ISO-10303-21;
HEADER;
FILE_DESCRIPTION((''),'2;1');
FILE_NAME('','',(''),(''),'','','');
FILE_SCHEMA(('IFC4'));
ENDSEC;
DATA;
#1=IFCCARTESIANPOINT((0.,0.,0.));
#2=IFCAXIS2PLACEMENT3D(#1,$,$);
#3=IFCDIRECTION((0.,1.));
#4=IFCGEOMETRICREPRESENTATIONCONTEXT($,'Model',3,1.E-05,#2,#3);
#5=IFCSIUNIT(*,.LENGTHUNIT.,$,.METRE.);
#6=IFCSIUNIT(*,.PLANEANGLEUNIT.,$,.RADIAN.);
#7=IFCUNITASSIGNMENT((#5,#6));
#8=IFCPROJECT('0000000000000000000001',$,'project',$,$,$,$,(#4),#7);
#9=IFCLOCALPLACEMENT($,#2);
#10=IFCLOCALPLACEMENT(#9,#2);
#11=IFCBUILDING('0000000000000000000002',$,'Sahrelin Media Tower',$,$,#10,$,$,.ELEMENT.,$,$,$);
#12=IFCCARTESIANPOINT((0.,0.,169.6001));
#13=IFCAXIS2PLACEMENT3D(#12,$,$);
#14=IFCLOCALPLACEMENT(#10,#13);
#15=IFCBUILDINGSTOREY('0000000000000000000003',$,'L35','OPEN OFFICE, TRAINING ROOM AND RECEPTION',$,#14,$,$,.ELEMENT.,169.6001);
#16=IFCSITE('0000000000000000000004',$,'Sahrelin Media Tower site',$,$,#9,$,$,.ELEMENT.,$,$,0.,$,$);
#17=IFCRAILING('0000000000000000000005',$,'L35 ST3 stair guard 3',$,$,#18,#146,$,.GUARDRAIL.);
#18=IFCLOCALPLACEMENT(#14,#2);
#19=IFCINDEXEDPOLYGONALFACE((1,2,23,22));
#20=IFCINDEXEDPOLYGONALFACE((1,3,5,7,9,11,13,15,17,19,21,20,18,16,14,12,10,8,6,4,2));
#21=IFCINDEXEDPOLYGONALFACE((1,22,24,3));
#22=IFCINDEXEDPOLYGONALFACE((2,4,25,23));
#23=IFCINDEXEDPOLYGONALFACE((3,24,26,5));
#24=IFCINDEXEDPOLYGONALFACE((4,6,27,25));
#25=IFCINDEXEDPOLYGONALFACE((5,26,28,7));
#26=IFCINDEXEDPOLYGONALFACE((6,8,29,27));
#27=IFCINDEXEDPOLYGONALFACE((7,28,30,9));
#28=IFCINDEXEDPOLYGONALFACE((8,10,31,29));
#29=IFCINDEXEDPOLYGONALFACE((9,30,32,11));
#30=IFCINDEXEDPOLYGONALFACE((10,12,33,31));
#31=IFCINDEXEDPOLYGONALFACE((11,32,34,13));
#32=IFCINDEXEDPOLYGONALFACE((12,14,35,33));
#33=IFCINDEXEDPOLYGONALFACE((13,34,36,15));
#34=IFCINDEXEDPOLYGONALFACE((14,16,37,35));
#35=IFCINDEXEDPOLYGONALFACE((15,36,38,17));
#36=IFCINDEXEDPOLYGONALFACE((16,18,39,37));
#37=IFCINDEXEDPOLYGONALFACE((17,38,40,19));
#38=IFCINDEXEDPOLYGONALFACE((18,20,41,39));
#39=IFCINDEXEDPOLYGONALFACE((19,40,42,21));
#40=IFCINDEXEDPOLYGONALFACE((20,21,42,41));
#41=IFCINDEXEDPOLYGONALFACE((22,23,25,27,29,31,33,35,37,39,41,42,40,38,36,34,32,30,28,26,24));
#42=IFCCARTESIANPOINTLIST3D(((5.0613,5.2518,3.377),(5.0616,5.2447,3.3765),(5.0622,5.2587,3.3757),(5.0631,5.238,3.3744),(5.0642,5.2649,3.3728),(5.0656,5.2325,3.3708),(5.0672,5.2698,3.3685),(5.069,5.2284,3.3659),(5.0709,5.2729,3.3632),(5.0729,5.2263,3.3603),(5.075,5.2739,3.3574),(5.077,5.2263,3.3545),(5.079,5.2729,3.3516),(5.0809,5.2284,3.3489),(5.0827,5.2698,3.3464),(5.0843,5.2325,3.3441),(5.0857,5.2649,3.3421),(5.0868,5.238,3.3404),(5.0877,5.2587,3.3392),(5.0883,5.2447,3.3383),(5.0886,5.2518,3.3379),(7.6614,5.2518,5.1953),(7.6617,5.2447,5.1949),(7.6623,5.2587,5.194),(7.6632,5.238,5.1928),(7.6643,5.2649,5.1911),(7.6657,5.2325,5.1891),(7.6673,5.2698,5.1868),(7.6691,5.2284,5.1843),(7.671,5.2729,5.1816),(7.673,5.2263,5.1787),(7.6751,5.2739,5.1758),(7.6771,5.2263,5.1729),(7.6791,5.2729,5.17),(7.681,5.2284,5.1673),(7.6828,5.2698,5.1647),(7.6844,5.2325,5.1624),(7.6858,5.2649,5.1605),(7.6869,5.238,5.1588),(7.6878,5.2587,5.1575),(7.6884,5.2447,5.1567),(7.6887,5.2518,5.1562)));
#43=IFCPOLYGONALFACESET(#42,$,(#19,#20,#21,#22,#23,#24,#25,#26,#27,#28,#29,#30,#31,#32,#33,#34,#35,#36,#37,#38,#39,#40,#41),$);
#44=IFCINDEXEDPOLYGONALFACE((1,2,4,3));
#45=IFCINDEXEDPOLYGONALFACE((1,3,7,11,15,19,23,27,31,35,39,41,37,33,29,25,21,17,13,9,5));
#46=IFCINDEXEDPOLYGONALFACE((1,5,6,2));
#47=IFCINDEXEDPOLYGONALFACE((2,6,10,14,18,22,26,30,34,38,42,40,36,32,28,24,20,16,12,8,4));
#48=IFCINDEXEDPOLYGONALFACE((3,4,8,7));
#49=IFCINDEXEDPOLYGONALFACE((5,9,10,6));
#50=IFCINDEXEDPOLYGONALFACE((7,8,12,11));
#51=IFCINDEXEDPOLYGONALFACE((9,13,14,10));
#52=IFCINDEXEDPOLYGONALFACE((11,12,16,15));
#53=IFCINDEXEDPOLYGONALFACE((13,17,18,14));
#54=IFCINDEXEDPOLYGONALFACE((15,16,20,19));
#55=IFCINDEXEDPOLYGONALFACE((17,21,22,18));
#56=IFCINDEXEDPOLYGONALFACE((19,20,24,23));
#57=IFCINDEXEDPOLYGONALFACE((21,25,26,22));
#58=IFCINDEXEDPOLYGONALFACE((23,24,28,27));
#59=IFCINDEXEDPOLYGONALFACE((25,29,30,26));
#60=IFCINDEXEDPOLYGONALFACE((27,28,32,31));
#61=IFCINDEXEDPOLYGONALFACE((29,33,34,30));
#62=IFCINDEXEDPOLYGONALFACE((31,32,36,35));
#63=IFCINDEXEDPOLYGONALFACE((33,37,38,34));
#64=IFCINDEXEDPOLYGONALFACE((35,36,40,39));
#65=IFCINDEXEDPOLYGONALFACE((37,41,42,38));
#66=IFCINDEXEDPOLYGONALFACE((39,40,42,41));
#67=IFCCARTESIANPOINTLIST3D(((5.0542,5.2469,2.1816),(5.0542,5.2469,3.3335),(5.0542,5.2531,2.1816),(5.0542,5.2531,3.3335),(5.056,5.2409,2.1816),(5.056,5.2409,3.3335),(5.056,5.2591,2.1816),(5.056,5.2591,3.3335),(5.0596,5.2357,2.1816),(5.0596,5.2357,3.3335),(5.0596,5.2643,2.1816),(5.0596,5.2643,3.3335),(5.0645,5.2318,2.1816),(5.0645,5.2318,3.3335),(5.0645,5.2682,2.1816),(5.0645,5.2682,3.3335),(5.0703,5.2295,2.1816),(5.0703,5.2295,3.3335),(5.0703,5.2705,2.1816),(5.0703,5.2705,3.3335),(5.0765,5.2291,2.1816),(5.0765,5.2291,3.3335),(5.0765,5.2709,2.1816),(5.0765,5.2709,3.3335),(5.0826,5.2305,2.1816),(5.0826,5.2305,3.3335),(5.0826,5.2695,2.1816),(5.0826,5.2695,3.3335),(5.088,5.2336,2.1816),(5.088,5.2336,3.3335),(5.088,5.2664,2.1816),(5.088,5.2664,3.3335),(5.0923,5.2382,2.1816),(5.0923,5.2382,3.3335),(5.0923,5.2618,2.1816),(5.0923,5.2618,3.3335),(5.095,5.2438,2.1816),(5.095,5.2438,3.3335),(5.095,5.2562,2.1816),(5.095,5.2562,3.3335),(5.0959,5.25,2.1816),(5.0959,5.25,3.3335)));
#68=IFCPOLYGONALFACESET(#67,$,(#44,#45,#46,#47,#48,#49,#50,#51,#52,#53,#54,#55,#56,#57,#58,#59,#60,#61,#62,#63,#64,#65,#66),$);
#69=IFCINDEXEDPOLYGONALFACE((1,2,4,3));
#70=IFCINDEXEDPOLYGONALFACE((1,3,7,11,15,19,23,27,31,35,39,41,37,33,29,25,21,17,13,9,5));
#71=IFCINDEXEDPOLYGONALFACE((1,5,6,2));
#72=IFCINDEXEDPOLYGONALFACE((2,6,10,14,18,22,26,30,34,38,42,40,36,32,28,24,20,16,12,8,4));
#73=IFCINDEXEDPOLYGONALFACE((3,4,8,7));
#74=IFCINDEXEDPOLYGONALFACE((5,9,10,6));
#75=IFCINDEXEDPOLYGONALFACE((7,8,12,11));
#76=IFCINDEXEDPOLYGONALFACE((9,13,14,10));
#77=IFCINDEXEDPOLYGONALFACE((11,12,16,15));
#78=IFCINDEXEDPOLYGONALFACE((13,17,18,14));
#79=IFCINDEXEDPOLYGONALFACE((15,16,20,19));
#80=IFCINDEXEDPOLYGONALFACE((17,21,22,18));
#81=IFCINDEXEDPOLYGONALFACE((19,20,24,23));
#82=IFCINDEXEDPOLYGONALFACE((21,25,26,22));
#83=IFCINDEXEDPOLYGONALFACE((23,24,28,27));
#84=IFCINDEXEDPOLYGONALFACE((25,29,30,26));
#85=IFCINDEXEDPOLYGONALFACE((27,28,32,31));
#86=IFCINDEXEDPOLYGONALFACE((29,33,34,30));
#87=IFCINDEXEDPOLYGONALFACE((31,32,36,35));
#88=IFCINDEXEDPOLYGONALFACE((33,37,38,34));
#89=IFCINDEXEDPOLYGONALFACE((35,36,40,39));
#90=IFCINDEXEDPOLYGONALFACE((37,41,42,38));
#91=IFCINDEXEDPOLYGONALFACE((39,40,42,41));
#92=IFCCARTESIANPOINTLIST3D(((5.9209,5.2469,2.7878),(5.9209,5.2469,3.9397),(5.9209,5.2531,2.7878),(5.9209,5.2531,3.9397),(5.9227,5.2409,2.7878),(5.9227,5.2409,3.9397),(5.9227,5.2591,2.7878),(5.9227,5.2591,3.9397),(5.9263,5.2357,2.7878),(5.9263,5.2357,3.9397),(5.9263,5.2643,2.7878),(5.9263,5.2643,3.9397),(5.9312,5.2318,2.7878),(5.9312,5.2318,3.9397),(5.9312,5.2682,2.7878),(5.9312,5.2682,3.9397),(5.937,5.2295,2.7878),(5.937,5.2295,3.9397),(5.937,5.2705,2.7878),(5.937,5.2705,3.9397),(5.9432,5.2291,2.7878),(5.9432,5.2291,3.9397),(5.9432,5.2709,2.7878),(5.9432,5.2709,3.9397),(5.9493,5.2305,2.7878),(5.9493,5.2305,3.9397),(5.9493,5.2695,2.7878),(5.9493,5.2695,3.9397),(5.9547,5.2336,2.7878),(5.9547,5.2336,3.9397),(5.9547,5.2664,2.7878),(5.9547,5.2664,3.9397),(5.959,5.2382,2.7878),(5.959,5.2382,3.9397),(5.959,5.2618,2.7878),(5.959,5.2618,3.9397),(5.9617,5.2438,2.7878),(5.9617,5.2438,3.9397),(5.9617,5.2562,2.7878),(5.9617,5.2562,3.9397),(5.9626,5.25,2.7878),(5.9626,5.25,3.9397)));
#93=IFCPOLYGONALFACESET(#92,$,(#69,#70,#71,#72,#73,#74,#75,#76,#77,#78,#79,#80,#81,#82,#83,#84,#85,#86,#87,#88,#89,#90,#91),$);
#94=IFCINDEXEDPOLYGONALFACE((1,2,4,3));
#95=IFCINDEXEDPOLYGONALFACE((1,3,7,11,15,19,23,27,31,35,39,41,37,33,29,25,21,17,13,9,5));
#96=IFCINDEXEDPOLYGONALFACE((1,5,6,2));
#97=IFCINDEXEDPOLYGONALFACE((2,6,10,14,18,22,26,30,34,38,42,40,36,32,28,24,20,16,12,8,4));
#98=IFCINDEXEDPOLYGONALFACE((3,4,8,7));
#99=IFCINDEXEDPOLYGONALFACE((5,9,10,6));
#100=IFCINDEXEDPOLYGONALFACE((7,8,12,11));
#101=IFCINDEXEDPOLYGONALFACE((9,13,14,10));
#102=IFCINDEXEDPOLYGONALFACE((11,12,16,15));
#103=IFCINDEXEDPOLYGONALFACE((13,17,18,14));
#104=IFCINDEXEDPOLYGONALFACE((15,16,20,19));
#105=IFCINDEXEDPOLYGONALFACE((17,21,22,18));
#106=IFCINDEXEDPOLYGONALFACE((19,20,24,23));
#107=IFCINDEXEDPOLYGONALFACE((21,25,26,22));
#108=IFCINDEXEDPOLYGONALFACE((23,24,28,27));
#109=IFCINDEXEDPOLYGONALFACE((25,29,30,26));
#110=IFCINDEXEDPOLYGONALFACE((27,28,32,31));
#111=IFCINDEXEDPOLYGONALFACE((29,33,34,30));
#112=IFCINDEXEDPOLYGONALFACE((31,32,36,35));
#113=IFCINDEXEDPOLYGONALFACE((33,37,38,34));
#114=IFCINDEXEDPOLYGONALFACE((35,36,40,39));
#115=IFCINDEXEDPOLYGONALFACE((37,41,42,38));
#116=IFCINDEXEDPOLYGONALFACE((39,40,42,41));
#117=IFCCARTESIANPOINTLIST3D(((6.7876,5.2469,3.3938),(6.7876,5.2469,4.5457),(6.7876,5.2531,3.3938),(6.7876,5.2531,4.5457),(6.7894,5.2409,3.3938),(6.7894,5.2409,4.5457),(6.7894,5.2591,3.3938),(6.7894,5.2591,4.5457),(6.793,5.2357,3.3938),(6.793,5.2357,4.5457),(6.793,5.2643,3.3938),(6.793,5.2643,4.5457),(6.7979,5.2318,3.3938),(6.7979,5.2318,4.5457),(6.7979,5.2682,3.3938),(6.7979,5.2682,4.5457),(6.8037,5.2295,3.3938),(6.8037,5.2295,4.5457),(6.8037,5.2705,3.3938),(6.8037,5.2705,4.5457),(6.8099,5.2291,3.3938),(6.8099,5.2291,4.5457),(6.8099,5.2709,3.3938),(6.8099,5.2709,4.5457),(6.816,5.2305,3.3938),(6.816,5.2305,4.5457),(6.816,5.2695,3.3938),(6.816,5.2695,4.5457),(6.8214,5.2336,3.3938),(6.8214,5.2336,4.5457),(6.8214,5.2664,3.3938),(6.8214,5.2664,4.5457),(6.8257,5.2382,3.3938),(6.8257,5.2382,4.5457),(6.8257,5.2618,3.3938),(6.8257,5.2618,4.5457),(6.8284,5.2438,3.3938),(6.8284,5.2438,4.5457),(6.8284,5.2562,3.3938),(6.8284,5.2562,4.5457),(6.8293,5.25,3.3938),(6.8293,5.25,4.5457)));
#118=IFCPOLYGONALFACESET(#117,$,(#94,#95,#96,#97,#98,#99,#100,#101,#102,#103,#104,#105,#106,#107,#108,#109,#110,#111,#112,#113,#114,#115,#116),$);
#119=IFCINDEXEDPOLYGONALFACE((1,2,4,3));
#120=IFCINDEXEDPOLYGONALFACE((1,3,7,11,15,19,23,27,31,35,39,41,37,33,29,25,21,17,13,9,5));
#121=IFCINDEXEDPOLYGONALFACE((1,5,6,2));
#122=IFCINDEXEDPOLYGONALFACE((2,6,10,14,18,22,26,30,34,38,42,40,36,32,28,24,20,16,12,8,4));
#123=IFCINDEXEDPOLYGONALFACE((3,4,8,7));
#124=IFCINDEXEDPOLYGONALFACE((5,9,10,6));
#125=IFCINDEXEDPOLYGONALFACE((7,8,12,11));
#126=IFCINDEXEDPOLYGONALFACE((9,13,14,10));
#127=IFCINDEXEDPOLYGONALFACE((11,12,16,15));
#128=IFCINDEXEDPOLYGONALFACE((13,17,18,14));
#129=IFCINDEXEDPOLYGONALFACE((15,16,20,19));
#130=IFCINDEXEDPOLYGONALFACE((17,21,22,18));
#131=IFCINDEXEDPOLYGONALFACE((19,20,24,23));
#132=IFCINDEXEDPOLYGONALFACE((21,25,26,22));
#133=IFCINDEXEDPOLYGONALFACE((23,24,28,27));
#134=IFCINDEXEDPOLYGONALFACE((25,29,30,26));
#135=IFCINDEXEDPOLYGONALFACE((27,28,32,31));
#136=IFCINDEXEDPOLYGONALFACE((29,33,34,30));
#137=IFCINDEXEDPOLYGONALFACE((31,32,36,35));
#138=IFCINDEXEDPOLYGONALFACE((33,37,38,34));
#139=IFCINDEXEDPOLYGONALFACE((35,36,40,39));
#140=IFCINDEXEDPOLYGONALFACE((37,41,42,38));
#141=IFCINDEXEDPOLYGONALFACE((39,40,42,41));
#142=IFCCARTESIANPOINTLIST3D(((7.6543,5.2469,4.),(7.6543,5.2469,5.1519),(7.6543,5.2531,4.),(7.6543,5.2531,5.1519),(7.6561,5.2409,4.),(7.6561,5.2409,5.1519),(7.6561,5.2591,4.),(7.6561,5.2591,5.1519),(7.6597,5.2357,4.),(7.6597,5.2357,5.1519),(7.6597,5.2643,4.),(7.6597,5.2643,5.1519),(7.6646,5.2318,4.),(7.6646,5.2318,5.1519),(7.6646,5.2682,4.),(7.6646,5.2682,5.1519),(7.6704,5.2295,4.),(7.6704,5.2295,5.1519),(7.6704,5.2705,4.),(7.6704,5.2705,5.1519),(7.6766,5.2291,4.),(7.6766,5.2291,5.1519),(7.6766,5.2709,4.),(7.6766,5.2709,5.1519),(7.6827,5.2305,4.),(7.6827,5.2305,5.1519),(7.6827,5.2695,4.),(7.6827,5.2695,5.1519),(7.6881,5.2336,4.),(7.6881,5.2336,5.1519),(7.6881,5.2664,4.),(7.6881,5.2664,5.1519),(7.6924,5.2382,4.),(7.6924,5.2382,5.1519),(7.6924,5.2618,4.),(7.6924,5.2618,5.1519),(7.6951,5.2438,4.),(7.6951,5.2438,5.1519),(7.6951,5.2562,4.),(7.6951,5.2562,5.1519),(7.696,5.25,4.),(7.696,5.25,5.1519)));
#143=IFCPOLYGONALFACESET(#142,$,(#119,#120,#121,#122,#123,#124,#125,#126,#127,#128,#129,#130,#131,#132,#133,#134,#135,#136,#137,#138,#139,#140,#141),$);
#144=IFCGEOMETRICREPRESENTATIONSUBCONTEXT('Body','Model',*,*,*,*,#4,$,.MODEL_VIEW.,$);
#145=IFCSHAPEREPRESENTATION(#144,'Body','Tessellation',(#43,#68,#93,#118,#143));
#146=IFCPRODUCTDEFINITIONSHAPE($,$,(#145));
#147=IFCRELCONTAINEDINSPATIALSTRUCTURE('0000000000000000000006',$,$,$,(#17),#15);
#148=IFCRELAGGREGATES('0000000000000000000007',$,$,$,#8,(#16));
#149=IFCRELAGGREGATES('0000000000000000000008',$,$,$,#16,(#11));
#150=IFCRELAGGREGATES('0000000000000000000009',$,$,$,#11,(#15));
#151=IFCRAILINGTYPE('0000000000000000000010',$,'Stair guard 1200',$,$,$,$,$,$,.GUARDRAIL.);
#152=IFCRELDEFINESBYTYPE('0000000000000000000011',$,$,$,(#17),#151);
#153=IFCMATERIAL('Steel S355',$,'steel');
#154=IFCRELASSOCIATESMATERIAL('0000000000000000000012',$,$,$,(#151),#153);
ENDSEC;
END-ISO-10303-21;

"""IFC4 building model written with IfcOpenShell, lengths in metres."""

from ifc_helpers import new_model, si_unit, direction, frame, origin, origin_2d, place, context, subcontext, project, spatial, circle, extrude, material, type_object, element, save


model = new_model("IFC4")

# Units and contexts
model_context = context("Model", 3, precision=1e-05, world=origin(), true_north=direction((0.0, 1.0)))
body_context = subcontext(model_context, "Body", "Model", "MODEL_VIEW")
ifc_project = project(units=[si_unit("LENGTHUNIT", "METRE"), si_unit("PLANEANGLEUNIT", "RADIAN")], contexts=[model_context])

# Site, building, storey
site_placement = place(None, origin())
site = spatial("IfcSite", under=ifc_project, at=site_placement, Name="Sahrelin Media Tower site", CompositionType="ELEMENT", RefElevation=0.0)
building_placement = place(site_placement, origin())
building = spatial("IfcBuilding", under=site, at=building_placement, Name="Sahrelin Media Tower", CompositionType="ELEMENT")
storey_placement = place(building_placement, frame((0.0, 0.0, 169.6001)))
storey = spatial("IfcBuildingStorey", under=building, at=storey_placement, Name="L35", Description="OPEN OFFICE, TRAINING ROOM AND RECEPTION", CompositionType="ELEMENT", Elevation=169.6001)

# Shared definitions
ifc_material_1 = material(Name="Steel S355", Category="steel")

# Railing
railing_type_1 = type_object("IfcRailingType", Name="Stair guard 1200", PredefinedType="GUARDRAIL", material=ifc_material_1)
railing_1_placement = place(storey_placement, frame((5.075, 5.25, 2.1816)))
element("IfcRailing", 1, at=railing_1_placement, inside=storey, type_object=railing_type_1, Name="L35 ST3 stair guard 3", PredefinedType="GUARDRAIL", context=body_context, shape_type="SweptSolid", body=[
    extrude(circle(Radius=0.0239, at=origin_2d()), frame((0.0, 0.0, 1.1758), z_axis=(0.819485, 0.0, 0.573101), x_axis=(0.0, 1.0, 0.0)), (0.0, 0.0, 1.0), 3.1729),
    extrude(circle(Radius=0.021, at=origin_2d()), origin(), (0.0, 0.0, 1.0), 1.1519),
    extrude(circle(Radius=0.021, at=origin_2d()), frame((0.8667, 0.0, 0.6062)), (0.0, 0.0, 1.0), 1.1519),
    extrude(circle(Radius=0.021, at=origin_2d()), frame((1.7334, 0.0, 1.2122)), (0.0, 0.0, 1.0), 1.1519),
    extrude(circle(Radius=0.021, at=origin_2d()), frame((2.6001, 0.0, 1.8184)), (0.0, 0.0, 1.0), 1.1519),
])

save(model, "model.ifc")
